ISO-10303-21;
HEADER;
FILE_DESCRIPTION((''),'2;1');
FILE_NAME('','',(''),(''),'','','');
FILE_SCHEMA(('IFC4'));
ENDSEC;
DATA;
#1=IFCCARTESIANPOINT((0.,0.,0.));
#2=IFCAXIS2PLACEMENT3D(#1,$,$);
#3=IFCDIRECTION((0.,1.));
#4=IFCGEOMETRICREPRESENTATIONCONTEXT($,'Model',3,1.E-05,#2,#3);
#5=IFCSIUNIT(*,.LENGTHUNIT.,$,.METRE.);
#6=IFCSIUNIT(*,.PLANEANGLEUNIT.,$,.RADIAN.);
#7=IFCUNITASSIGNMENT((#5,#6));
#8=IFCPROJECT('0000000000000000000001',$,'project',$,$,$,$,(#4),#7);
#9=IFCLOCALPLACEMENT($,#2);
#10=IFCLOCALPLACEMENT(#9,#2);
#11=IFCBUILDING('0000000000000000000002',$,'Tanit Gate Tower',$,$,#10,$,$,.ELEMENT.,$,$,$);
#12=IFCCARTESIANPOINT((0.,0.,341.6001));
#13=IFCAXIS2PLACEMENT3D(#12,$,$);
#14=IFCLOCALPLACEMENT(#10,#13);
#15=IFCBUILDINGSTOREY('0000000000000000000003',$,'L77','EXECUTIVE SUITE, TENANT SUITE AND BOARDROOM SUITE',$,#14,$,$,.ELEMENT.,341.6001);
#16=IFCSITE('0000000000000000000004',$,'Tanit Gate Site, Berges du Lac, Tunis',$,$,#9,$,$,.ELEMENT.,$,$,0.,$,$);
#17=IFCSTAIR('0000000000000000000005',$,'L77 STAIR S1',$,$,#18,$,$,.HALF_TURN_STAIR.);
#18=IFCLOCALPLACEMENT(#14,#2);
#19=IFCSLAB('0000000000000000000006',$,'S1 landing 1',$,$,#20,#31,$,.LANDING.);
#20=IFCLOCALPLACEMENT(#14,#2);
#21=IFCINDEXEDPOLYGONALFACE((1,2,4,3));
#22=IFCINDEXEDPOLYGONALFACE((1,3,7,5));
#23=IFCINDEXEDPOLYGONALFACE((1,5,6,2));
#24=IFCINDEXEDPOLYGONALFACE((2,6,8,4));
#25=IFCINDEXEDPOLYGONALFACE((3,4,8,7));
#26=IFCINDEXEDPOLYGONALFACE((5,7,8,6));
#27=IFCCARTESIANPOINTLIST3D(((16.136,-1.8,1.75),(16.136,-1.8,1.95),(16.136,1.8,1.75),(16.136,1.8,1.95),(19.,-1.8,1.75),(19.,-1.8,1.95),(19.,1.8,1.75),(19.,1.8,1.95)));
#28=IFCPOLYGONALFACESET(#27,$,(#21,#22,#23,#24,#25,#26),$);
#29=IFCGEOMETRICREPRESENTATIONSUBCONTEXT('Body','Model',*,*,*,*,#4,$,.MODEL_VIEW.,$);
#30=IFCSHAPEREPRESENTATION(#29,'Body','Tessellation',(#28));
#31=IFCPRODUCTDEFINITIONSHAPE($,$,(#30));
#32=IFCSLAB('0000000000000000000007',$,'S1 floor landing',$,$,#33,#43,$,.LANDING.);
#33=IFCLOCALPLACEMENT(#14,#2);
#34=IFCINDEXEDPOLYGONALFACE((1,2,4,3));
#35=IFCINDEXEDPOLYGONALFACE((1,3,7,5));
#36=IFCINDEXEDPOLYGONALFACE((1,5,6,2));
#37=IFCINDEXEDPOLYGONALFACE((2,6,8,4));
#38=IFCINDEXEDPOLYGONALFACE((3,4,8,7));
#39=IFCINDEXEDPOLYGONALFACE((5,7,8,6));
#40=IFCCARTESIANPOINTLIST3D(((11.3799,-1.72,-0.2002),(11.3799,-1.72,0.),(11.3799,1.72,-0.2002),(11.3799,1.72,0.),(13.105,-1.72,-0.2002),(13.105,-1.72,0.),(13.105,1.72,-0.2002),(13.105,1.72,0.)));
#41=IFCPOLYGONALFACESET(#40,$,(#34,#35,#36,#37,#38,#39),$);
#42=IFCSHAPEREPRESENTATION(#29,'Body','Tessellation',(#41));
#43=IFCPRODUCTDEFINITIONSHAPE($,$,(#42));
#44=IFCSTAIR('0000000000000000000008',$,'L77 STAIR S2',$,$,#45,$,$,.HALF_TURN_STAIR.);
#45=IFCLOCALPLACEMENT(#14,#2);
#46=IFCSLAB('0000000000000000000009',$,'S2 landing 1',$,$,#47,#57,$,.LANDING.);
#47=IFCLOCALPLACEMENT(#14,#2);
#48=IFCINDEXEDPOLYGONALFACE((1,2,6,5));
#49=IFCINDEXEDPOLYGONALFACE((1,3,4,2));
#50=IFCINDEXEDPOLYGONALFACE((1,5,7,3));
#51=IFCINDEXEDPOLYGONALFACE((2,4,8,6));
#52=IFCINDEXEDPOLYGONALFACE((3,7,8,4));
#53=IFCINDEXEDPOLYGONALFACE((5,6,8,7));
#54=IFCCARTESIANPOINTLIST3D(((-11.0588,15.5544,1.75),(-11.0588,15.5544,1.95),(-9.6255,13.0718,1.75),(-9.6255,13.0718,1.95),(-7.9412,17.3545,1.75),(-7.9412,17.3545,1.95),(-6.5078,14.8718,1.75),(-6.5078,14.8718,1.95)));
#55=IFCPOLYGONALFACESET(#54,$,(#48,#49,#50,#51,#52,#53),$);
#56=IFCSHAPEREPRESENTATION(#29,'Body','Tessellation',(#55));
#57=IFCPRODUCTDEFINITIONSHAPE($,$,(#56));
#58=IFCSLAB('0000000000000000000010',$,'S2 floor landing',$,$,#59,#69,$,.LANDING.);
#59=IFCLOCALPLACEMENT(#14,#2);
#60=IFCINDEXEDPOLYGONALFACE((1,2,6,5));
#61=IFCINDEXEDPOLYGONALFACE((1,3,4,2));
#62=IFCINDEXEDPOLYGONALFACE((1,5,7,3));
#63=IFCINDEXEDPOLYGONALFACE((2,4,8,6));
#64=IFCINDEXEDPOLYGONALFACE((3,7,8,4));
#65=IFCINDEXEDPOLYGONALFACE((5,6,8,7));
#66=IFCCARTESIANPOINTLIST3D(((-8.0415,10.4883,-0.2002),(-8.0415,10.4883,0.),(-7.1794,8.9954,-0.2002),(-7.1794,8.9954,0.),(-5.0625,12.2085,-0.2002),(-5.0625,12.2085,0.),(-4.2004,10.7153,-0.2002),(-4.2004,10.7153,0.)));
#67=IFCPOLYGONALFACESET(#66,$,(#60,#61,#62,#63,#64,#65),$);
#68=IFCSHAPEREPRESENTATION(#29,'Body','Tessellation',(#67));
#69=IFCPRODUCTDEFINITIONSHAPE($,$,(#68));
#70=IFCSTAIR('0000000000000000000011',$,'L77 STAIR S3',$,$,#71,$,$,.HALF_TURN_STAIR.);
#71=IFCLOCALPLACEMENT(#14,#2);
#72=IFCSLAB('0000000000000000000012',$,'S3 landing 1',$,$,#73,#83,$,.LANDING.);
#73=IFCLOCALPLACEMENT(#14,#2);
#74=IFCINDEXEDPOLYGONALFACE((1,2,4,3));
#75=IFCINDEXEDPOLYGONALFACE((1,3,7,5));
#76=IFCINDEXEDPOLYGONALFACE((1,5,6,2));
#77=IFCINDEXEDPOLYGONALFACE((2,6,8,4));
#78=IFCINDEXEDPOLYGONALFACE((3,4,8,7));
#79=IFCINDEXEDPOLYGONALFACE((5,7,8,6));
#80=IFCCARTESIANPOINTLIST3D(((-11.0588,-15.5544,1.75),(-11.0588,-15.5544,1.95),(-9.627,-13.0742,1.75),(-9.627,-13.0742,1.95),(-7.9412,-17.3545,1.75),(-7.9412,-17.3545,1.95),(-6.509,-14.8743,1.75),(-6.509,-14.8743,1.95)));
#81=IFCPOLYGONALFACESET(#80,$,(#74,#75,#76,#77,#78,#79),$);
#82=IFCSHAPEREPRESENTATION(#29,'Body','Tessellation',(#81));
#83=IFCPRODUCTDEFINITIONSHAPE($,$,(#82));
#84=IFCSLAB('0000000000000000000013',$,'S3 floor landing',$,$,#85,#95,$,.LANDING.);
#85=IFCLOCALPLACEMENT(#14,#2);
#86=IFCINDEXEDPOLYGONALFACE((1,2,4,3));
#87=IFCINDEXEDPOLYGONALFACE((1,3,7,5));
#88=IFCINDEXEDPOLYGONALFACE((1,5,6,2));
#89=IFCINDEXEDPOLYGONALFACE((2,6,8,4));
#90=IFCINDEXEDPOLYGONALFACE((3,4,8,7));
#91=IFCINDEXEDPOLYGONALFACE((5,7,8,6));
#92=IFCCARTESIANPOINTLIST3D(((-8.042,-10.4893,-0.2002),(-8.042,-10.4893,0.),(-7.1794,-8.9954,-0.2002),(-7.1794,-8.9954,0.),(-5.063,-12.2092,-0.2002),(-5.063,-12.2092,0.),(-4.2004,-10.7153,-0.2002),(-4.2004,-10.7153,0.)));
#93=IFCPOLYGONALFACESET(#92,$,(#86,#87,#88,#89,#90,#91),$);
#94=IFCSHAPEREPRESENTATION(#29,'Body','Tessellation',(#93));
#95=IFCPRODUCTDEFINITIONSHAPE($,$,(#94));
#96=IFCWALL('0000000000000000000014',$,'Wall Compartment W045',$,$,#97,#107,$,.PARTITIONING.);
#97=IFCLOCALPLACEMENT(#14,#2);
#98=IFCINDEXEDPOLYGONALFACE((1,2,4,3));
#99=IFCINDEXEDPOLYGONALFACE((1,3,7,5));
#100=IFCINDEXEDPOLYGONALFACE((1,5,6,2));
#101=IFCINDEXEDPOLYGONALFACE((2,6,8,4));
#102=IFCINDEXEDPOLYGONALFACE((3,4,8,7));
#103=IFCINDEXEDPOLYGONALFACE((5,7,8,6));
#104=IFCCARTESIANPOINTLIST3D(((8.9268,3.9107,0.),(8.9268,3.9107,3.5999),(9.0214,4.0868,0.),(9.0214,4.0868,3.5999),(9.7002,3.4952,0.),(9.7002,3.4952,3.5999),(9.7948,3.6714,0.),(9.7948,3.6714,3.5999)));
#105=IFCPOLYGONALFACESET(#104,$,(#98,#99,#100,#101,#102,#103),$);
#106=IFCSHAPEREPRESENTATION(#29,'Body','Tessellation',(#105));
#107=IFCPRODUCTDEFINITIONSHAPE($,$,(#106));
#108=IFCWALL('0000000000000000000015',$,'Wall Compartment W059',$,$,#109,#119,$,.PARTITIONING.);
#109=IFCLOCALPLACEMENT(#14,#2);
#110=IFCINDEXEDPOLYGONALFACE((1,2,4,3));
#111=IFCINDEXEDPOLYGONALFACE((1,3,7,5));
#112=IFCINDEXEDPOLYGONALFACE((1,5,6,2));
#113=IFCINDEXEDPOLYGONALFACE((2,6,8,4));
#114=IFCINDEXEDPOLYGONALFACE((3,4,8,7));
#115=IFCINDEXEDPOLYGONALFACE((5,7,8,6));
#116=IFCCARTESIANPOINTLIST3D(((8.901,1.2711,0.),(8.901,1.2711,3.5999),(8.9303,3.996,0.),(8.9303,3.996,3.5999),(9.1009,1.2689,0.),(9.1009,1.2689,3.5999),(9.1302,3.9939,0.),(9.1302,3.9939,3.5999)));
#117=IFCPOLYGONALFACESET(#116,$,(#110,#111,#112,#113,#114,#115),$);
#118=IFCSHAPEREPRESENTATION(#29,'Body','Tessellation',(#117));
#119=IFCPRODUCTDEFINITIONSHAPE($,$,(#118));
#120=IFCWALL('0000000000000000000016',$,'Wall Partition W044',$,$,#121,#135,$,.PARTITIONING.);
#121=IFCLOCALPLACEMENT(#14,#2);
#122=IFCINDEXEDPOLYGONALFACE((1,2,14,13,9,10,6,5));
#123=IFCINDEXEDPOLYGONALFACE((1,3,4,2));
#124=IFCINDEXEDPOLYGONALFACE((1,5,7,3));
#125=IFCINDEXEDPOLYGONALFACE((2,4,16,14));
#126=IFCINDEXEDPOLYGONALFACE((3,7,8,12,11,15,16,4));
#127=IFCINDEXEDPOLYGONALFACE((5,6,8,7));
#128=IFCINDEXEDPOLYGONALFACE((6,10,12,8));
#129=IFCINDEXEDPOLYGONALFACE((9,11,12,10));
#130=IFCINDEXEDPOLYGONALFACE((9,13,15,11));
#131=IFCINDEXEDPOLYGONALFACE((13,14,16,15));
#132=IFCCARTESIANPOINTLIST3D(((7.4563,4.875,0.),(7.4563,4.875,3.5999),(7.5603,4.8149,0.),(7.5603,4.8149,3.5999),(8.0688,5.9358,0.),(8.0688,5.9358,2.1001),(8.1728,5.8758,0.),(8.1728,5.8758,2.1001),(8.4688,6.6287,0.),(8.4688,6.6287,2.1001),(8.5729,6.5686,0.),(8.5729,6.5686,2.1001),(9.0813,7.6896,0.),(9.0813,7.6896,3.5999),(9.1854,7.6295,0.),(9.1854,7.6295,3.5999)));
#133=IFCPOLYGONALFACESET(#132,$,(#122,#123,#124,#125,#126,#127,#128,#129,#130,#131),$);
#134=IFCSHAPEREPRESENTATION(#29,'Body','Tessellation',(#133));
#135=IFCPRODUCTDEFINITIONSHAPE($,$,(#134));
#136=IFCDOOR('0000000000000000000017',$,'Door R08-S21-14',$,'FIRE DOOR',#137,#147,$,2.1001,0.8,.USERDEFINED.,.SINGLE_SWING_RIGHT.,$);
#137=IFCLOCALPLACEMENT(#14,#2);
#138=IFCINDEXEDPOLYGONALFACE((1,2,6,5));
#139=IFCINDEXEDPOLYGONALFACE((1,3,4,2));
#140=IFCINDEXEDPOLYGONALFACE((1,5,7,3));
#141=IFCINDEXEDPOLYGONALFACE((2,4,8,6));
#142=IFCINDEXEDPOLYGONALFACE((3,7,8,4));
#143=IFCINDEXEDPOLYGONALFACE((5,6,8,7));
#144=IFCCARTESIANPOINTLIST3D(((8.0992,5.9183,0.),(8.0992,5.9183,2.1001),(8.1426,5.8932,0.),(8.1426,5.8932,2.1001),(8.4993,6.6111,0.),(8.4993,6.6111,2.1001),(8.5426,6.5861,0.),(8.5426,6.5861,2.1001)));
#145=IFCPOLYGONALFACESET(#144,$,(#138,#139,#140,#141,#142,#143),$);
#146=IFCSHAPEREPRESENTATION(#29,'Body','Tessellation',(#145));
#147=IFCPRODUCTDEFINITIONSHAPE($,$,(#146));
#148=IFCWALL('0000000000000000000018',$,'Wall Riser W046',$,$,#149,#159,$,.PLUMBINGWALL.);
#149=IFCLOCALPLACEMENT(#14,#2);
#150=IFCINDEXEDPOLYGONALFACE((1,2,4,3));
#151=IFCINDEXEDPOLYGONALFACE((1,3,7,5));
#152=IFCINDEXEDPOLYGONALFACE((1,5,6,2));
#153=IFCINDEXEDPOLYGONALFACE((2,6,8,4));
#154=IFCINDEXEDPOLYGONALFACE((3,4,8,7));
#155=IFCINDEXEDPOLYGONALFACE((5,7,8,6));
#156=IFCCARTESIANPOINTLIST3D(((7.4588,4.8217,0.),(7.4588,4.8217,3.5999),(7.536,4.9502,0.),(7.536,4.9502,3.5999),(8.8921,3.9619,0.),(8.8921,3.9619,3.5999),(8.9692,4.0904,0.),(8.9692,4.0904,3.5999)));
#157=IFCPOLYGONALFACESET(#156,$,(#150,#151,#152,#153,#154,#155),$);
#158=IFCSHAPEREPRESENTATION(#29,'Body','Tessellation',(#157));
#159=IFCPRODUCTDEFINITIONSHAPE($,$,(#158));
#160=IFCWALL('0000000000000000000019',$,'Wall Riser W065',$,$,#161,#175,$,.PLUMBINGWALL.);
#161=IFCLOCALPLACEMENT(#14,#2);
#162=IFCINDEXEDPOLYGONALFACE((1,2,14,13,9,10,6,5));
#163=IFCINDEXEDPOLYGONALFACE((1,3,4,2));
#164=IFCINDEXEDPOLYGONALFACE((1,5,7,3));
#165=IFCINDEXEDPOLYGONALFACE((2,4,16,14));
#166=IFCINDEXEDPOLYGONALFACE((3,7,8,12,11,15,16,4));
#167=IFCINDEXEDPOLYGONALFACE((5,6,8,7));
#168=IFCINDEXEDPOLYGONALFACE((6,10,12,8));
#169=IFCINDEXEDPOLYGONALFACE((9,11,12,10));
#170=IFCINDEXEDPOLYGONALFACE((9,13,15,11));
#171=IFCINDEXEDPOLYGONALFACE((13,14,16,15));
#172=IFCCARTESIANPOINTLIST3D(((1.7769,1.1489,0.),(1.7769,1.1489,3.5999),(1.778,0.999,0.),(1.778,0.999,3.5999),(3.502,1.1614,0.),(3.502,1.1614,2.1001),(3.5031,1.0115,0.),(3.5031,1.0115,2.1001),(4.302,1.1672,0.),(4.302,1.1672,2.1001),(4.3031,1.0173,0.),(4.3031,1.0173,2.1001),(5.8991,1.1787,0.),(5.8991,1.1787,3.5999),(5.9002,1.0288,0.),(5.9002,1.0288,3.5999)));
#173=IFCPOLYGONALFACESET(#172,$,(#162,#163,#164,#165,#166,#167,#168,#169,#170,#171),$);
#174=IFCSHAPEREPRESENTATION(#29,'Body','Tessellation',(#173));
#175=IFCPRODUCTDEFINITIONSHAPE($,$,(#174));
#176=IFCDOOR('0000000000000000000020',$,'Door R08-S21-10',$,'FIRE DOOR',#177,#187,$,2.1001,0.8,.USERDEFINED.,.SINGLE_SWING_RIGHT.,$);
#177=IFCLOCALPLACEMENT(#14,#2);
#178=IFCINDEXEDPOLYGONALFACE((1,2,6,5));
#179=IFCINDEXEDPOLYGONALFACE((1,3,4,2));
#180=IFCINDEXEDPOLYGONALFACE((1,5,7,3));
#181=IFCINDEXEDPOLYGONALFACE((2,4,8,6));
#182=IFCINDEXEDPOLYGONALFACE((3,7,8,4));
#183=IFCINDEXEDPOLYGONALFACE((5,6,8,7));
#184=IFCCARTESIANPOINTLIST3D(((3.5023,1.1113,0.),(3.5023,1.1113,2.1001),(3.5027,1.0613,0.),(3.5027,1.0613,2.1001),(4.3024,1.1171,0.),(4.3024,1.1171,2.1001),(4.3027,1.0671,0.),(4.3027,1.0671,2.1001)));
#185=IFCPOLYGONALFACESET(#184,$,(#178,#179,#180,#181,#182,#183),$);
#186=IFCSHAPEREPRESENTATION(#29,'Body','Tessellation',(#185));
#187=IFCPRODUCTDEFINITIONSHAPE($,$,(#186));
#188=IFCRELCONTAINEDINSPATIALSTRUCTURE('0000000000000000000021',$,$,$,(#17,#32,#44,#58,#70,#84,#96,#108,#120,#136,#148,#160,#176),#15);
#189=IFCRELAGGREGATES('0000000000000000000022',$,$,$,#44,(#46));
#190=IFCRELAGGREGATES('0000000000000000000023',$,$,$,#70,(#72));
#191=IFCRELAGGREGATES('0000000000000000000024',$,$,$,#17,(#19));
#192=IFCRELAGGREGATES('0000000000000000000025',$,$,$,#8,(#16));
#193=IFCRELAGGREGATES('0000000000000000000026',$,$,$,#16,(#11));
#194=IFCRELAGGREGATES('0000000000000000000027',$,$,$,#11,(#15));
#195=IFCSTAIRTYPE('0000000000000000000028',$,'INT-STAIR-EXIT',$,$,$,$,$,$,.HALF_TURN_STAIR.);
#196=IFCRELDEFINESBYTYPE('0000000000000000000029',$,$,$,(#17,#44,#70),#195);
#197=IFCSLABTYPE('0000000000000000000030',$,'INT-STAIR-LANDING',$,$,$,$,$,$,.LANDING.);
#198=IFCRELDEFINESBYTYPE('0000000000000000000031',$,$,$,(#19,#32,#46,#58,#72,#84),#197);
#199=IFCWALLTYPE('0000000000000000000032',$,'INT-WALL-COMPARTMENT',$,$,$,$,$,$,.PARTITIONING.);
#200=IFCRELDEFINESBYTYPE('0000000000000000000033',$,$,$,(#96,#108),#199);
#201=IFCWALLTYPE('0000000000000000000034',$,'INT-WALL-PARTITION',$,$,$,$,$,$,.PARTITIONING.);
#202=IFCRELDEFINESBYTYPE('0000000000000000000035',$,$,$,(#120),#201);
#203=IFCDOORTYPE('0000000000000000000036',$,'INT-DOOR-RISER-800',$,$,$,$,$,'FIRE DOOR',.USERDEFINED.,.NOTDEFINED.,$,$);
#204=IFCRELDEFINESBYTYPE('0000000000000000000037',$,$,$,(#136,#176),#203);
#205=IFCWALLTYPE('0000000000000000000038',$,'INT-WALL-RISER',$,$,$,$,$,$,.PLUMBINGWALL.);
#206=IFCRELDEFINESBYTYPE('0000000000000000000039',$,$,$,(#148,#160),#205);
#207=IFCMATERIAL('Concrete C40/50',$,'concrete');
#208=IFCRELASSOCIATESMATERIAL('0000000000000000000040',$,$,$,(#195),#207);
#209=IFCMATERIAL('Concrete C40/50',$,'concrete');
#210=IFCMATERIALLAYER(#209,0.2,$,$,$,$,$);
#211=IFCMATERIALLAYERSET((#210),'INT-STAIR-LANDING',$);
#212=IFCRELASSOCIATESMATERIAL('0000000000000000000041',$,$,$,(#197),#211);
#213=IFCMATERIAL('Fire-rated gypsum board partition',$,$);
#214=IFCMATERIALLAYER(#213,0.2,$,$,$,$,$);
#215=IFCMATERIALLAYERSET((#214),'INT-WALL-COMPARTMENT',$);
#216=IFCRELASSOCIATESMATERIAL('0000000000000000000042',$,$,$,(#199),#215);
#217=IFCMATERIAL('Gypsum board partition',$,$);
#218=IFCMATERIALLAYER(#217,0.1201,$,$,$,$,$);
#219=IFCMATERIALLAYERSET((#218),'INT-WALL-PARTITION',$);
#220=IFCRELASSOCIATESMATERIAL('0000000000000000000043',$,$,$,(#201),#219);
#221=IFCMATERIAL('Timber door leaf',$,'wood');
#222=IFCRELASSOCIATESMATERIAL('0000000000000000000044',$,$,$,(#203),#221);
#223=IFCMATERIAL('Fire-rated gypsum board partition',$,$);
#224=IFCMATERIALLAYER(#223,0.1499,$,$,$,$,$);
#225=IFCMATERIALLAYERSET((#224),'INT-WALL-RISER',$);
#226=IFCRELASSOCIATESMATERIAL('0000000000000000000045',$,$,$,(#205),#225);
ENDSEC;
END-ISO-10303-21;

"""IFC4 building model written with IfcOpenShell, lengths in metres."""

from ifc_helpers import new_model, si_unit, direction, frame, frame_2d, origin, place, context, subcontext, project, spatial, polyline, rectangle, outline, extrude, material, layer, layer_set, type_object, element, fill, aggregate, save


model = new_model("IFC4")

# Units and contexts
model_context = context("Model", 3, precision=1e-05, world=origin(), true_north=direction((0.0, 1.0)))
body_context = subcontext(model_context, "Body", "Model", "MODEL_VIEW")
ifc_project = project(units=[si_unit("LENGTHUNIT", "METRE"), si_unit("PLANEANGLEUNIT", "RADIAN")], contexts=[model_context])

# Site, building, storey
site_placement = place(None, origin())
site = spatial("IfcSite", under=ifc_project, at=site_placement, Name="Tanit Gate Site, Berges du Lac, Tunis", CompositionType="ELEMENT", RefElevation=0.0)
building_placement = place(site_placement, origin())
building = spatial("IfcBuilding", under=site, at=building_placement, Name="Tanit Gate Tower", CompositionType="ELEMENT")
storey_placement = place(building_placement, frame((0.0, 0.0, 341.6001)))
storey = spatial("IfcBuildingStorey", under=building, at=storey_placement, Name="L77", Description="EXECUTIVE SUITE, TENANT SUITE AND BOARDROOM SUITE", CompositionType="ELEMENT", Elevation=341.6001)

# Stair, slab
ifc_material_1 = material(Name="Concrete C40/50", Category="concrete")
stair_type = type_object("IfcStairType", Name="INT-STAIR-EXIT", PredefinedType="HALF_TURN_STAIR", material=ifc_material_1)
stair_1_placement = place(storey_placement, origin())
stair_1 = element("IfcStair", 1, at=stair_1_placement, inside=storey, type_object=stair_type, Name="L77 STAIR S1", PredefinedType="HALF_TURN_STAIR")
ifc_material_2 = material(Name="Concrete C40/50", Category="concrete")
ifc_layer_1 = layer(ifc_material_2, 0.2)
ifc_layer_set_1 = layer_set([ifc_layer_1], Name="INT-STAIR-LANDING")
slab_type = type_object("IfcSlabType", Name="INT-STAIR-LANDING", PredefinedType="LANDING", material=ifc_layer_set_1)
slab_1_placement = place(storey_placement, frame((0.0, 0.0, 1.75)))
slab_1 = element("IfcSlab", 2, at=slab_1_placement, type_object=slab_type, Name="S1 landing 1", PredefinedType="LANDING", context=body_context, shape_type="SweptSolid", body=[
    extrude(outline(polyline([(16.136, -1.8), (19.0, -1.8), (19.0, 1.8), (16.136, 1.8), (16.136, -1.8)])), origin(), (0.0, 0.0, 1.0), 0.2),
])

# Slab
slab_2_placement = place(storey_placement, frame((0.0, 0.0, -0.2002)))
element("IfcSlab", 3, at=slab_2_placement, inside=storey, type_object=slab_type, Name="S1 floor landing", PredefinedType="LANDING", context=body_context, shape_type="SweptSolid", body=[
    extrude(outline(polyline([(11.3799, -1.72), (13.105, -1.72), (13.105, 1.72), (11.3799, 1.72), (11.3799, -1.72)])), origin(), (0.0, 0.0, 1.0), 0.2002),
])

# Stair, slab
stair_2_placement = place(storey_placement, origin())
stair_2 = element("IfcStair", 4, at=stair_2_placement, inside=storey, type_object=stair_type, Name="L77 STAIR S2", PredefinedType="HALF_TURN_STAIR")
slab_3_placement = place(storey_placement, frame((0.0, 0.0, 1.75)))
slab_3 = element("IfcSlab", 5, at=slab_3_placement, type_object=slab_type, Name="S2 landing 1", PredefinedType="LANDING", context=body_context, shape_type="SweptSolid", body=[
    extrude(outline(polyline([(-6.5078, 14.8718), (-7.9412, 17.3545), (-11.0588, 15.5544), (-9.6255, 13.0718), (-6.5078, 14.8718)])), origin(), (0.0, 0.0, 1.0), 0.2),
])
aggregate(stair_2, [slab_3])

# Slab
slab_4_placement = place(storey_placement, frame((0.0, 0.0, -0.2002)))
element("IfcSlab", 6, at=slab_4_placement, inside=storey, type_object=slab_type, Name="S2 floor landing", PredefinedType="LANDING", context=body_context, shape_type="SweptSolid", body=[
    extrude(outline(polyline([(-4.2004, 10.7153), (-5.0625, 12.2085), (-8.0415, 10.4883), (-7.1794, 8.9954), (-4.2004, 10.7153)])), origin(), (0.0, 0.0, 1.0), 0.2002),
])

# Stair, slab
stair_3_placement = place(storey_placement, origin())
stair_3 = element("IfcStair", 7, at=stair_3_placement, inside=storey, type_object=stair_type, Name="L77 STAIR S3", PredefinedType="HALF_TURN_STAIR")
slab_5_placement = place(storey_placement, frame((0.0, 0.0, 1.75)))
slab_5 = element("IfcSlab", 8, at=slab_5_placement, type_object=slab_type, Name="S3 landing 1", PredefinedType="LANDING", context=body_context, shape_type="SweptSolid", body=[
    extrude(outline(polyline([(-9.627, -13.0742), (-11.0588, -15.5544), (-7.9412, -17.3545), (-6.509, -14.8743), (-9.627, -13.0742)])), origin(), (0.0, 0.0, 1.0), 0.2),
])
aggregate(stair_3, [slab_5])

# Slab
slab_6_placement = place(storey_placement, frame((0.0, 0.0, -0.2002)))
element("IfcSlab", 9, at=slab_6_placement, inside=storey, type_object=slab_type, Name="S3 floor landing", PredefinedType="LANDING", context=body_context, shape_type="SweptSolid", body=[
    extrude(outline(polyline([(-7.1794, -8.9954), (-8.042, -10.4893), (-5.063, -12.2092), (-4.2004, -10.7153), (-7.1794, -8.9954)])), origin(), (0.0, 0.0, 1.0), 0.2002),
])

# Walls
ifc_material_3 = material(Name="Fire-rated gypsum board partition")
ifc_layer_2 = layer(ifc_material_3, 0.2)
ifc_layer_set_2 = layer_set([ifc_layer_2], Name="INT-WALL-COMPARTMENT")
wall_type_1 = type_object("IfcWallType", Name="INT-WALL-COMPARTMENT", PredefinedType="PARTITIONING", material=ifc_layer_set_2)
wall_1_placement = place(storey_placement, frame((8.9741, 3.9988, 0.0), z_axis=(0.0, 0.0, 1.0), x_axis=(0.880917, -0.473271, 0.0)))
element("IfcWall", 10, at=wall_1_placement, inside=storey, type_object=wall_type_1, Name="Wall Compartment W045", PredefinedType="PARTITIONING", context=body_context, shape_type="SweptSolid", body=[
    extrude(rectangle(XDim=0.8779, YDim=0.2, at=frame_2d((0.439, 0.0))), origin(), (0.0, 0.0, 1.0), 3.5999),
])
wall_2_placement = place(storey_placement, frame((9.001, 1.27, 0.0), z_axis=(0.0, 0.0, 1.0), x_axis=(0.010751, 0.999942, 0.0)))
element("IfcWall", 11, at=wall_2_placement, inside=storey, type_object=wall_type_1, Name="Wall Compartment W059", PredefinedType="PARTITIONING", context=body_context, shape_type="SweptSolid", body=[
    extrude(rectangle(XDim=2.7251, YDim=0.2, at=frame_2d((1.3625, 0.0))), origin(), (0.0, 0.0, 1.0), 3.5999),
])

# Wall, opening, door
ifc_material_4 = material(Name="Gypsum board partition")
ifc_layer_3 = layer(ifc_material_4, 0.1201)
ifc_layer_set_3 = layer_set([ifc_layer_3], Name="INT-WALL-PARTITION")
wall_type_2 = type_object("IfcWallType", Name="INT-WALL-PARTITION", PredefinedType="PARTITIONING", material=ifc_layer_set_3)
wall_3_placement = place(storey_placement, frame((7.5083, 4.845, 0.0), z_axis=(0.0, 0.0, 1.0), x_axis=(0.500017, 0.866015, 0.0)))
wall_3 = element("IfcWall", 12, at=wall_3_placement, inside=storey, type_object=wall_type_2, Name="Wall Partition W044", PredefinedType="PARTITIONING", context=body_context, shape_type="SweptSolid", body=[
    extrude(rectangle(XDim=3.25, YDim=0.1201, at=frame_2d((1.625, 0.0))), origin(), (0.0, 0.0, 1.0), 3.5999),
])
opening_1_placement = place(wall_3_placement, frame((1.2251, 0.0, 0.0)))
opening_1 = element("IfcOpeningElement", 13, at=opening_1_placement, cuts=wall_3, PredefinedType="OPENING", context=body_context, shape_type="SweptSolid", body=[
    extrude(rectangle(XDim=0.8, YDim=2.1001, at=frame_2d((0.3999, 1.05))), frame((0.0, 0.0701, 0.0), z_axis=(0.0, -1.0, 0.0), x_axis=(1.0, 0.0, 0.0)), (0.0, 0.0, 1.0), 0.1401),
])
ifc_material_5 = material(Name="Timber door leaf", Category="wood")
door_type_1 = type_object("IfcDoorType", Name="INT-DOOR-RISER-800", ElementType="FIRE DOOR", OperationType="NOTDEFINED", PredefinedType="USERDEFINED", material=ifc_material_5)
door_1_placement = place(opening_1_placement, origin())
door_1 = element("IfcDoor", 14, at=door_1_placement, inside=storey, type_object=door_type_1, Name="Door R08-S21-14", ObjectType="FIRE DOOR", OperationType="SINGLE_SWING_RIGHT", OverallHeight=2.1001, OverallWidth=0.8, PredefinedType="USERDEFINED", context=body_context, shape_type="SweptSolid", body=[
    extrude(rectangle(XDim=0.8, YDim=2.1001, at=frame_2d((0.3999, 1.05))), frame((0.0, 0.0249, 0.0), z_axis=(0.0, -1.0, 0.0), x_axis=(1.0, 0.0, 0.0)), (0.0, 0.0, 1.0), 0.05),
])
fill(opening_1, door_1)

# Wall
ifc_material_6 = material(Name="Fire-rated gypsum board partition")
ifc_layer_4 = layer(ifc_material_6, 0.1499)
ifc_layer_set_4 = layer_set([ifc_layer_4], Name="INT-WALL-RISER")
wall_type_3 = type_object("IfcWallType", Name="INT-WALL-RISER", PredefinedType="PLUMBINGWALL", material=ifc_layer_set_4)
wall_4_placement = place(storey_placement, frame((8.9307, 4.0261, 0.0), z_axis=(0.0, 0.0, 1.0), x_axis=(-0.857532, 0.514431, 0.0)))
element("IfcWall", 15, at=wall_4_placement, inside=storey, type_object=wall_type_3, Name="Wall Riser W046", PredefinedType="PLUMBINGWALL", context=body_context, shape_type="SweptSolid", body=[
    extrude(rectangle(XDim=1.6714, YDim=0.1499, at=frame_2d((0.8357, 0.0))), origin(), (0.0, 0.0, 1.0), 3.5999),
])

# Wall, opening, door
wall_5_placement = place(storey_placement, frame((1.7776, 1.074, 0.0), z_axis=(0.0, 0.0, 1.0), x_axis=(0.999974, 0.007225, 0.0)))
wall_5 = element("IfcWall", 16, at=wall_5_placement, inside=storey, type_object=wall_type_3, Name="Wall Riser W065", PredefinedType="PLUMBINGWALL", context=body_context, shape_type="SweptSolid", body=[
    extrude(rectangle(XDim=4.1223, YDim=0.1499, at=frame_2d((2.061, 0.0))), origin(), (0.0, 0.0, 1.0), 3.5999),
])
opening_2_placement = place(wall_5_placement, frame((1.7251, 0.0, 0.0)))
opening_2 = element("IfcOpeningElement", 17, at=opening_2_placement, cuts=wall_5, PredefinedType="OPENING", context=body_context, shape_type="SweptSolid", body=[
    extrude(rectangle(XDim=0.8, YDim=2.1001, at=frame_2d((0.3999, 1.05))), frame((0.0, 0.085, 0.0), z_axis=(0.0, -1.0, 0.0), x_axis=(1.0, 0.0, 0.0)), (0.0, 0.0, 1.0), 0.1699),
])
door_2_placement = place(opening_2_placement, origin())
door_2 = element("IfcDoor", 18, at=door_2_placement, inside=storey, type_object=door_type_1, Name="Door R08-S21-10", ObjectType="FIRE DOOR", OperationType="SINGLE_SWING_RIGHT", OverallHeight=2.1001, OverallWidth=0.8, PredefinedType="USERDEFINED", context=body_context, shape_type="SweptSolid", body=[
    extrude(rectangle(XDim=0.8, YDim=2.1001, at=frame_2d((0.3999, 1.05))), frame((0.0, 0.0249, 0.0), z_axis=(0.0, -1.0, 0.0), x_axis=(1.0, 0.0, 0.0)), (0.0, 0.0, 1.0), 0.05),
])
fill(opening_2, door_2)

aggregate(stair_1, [slab_1])

save(model, "model.ifc")
